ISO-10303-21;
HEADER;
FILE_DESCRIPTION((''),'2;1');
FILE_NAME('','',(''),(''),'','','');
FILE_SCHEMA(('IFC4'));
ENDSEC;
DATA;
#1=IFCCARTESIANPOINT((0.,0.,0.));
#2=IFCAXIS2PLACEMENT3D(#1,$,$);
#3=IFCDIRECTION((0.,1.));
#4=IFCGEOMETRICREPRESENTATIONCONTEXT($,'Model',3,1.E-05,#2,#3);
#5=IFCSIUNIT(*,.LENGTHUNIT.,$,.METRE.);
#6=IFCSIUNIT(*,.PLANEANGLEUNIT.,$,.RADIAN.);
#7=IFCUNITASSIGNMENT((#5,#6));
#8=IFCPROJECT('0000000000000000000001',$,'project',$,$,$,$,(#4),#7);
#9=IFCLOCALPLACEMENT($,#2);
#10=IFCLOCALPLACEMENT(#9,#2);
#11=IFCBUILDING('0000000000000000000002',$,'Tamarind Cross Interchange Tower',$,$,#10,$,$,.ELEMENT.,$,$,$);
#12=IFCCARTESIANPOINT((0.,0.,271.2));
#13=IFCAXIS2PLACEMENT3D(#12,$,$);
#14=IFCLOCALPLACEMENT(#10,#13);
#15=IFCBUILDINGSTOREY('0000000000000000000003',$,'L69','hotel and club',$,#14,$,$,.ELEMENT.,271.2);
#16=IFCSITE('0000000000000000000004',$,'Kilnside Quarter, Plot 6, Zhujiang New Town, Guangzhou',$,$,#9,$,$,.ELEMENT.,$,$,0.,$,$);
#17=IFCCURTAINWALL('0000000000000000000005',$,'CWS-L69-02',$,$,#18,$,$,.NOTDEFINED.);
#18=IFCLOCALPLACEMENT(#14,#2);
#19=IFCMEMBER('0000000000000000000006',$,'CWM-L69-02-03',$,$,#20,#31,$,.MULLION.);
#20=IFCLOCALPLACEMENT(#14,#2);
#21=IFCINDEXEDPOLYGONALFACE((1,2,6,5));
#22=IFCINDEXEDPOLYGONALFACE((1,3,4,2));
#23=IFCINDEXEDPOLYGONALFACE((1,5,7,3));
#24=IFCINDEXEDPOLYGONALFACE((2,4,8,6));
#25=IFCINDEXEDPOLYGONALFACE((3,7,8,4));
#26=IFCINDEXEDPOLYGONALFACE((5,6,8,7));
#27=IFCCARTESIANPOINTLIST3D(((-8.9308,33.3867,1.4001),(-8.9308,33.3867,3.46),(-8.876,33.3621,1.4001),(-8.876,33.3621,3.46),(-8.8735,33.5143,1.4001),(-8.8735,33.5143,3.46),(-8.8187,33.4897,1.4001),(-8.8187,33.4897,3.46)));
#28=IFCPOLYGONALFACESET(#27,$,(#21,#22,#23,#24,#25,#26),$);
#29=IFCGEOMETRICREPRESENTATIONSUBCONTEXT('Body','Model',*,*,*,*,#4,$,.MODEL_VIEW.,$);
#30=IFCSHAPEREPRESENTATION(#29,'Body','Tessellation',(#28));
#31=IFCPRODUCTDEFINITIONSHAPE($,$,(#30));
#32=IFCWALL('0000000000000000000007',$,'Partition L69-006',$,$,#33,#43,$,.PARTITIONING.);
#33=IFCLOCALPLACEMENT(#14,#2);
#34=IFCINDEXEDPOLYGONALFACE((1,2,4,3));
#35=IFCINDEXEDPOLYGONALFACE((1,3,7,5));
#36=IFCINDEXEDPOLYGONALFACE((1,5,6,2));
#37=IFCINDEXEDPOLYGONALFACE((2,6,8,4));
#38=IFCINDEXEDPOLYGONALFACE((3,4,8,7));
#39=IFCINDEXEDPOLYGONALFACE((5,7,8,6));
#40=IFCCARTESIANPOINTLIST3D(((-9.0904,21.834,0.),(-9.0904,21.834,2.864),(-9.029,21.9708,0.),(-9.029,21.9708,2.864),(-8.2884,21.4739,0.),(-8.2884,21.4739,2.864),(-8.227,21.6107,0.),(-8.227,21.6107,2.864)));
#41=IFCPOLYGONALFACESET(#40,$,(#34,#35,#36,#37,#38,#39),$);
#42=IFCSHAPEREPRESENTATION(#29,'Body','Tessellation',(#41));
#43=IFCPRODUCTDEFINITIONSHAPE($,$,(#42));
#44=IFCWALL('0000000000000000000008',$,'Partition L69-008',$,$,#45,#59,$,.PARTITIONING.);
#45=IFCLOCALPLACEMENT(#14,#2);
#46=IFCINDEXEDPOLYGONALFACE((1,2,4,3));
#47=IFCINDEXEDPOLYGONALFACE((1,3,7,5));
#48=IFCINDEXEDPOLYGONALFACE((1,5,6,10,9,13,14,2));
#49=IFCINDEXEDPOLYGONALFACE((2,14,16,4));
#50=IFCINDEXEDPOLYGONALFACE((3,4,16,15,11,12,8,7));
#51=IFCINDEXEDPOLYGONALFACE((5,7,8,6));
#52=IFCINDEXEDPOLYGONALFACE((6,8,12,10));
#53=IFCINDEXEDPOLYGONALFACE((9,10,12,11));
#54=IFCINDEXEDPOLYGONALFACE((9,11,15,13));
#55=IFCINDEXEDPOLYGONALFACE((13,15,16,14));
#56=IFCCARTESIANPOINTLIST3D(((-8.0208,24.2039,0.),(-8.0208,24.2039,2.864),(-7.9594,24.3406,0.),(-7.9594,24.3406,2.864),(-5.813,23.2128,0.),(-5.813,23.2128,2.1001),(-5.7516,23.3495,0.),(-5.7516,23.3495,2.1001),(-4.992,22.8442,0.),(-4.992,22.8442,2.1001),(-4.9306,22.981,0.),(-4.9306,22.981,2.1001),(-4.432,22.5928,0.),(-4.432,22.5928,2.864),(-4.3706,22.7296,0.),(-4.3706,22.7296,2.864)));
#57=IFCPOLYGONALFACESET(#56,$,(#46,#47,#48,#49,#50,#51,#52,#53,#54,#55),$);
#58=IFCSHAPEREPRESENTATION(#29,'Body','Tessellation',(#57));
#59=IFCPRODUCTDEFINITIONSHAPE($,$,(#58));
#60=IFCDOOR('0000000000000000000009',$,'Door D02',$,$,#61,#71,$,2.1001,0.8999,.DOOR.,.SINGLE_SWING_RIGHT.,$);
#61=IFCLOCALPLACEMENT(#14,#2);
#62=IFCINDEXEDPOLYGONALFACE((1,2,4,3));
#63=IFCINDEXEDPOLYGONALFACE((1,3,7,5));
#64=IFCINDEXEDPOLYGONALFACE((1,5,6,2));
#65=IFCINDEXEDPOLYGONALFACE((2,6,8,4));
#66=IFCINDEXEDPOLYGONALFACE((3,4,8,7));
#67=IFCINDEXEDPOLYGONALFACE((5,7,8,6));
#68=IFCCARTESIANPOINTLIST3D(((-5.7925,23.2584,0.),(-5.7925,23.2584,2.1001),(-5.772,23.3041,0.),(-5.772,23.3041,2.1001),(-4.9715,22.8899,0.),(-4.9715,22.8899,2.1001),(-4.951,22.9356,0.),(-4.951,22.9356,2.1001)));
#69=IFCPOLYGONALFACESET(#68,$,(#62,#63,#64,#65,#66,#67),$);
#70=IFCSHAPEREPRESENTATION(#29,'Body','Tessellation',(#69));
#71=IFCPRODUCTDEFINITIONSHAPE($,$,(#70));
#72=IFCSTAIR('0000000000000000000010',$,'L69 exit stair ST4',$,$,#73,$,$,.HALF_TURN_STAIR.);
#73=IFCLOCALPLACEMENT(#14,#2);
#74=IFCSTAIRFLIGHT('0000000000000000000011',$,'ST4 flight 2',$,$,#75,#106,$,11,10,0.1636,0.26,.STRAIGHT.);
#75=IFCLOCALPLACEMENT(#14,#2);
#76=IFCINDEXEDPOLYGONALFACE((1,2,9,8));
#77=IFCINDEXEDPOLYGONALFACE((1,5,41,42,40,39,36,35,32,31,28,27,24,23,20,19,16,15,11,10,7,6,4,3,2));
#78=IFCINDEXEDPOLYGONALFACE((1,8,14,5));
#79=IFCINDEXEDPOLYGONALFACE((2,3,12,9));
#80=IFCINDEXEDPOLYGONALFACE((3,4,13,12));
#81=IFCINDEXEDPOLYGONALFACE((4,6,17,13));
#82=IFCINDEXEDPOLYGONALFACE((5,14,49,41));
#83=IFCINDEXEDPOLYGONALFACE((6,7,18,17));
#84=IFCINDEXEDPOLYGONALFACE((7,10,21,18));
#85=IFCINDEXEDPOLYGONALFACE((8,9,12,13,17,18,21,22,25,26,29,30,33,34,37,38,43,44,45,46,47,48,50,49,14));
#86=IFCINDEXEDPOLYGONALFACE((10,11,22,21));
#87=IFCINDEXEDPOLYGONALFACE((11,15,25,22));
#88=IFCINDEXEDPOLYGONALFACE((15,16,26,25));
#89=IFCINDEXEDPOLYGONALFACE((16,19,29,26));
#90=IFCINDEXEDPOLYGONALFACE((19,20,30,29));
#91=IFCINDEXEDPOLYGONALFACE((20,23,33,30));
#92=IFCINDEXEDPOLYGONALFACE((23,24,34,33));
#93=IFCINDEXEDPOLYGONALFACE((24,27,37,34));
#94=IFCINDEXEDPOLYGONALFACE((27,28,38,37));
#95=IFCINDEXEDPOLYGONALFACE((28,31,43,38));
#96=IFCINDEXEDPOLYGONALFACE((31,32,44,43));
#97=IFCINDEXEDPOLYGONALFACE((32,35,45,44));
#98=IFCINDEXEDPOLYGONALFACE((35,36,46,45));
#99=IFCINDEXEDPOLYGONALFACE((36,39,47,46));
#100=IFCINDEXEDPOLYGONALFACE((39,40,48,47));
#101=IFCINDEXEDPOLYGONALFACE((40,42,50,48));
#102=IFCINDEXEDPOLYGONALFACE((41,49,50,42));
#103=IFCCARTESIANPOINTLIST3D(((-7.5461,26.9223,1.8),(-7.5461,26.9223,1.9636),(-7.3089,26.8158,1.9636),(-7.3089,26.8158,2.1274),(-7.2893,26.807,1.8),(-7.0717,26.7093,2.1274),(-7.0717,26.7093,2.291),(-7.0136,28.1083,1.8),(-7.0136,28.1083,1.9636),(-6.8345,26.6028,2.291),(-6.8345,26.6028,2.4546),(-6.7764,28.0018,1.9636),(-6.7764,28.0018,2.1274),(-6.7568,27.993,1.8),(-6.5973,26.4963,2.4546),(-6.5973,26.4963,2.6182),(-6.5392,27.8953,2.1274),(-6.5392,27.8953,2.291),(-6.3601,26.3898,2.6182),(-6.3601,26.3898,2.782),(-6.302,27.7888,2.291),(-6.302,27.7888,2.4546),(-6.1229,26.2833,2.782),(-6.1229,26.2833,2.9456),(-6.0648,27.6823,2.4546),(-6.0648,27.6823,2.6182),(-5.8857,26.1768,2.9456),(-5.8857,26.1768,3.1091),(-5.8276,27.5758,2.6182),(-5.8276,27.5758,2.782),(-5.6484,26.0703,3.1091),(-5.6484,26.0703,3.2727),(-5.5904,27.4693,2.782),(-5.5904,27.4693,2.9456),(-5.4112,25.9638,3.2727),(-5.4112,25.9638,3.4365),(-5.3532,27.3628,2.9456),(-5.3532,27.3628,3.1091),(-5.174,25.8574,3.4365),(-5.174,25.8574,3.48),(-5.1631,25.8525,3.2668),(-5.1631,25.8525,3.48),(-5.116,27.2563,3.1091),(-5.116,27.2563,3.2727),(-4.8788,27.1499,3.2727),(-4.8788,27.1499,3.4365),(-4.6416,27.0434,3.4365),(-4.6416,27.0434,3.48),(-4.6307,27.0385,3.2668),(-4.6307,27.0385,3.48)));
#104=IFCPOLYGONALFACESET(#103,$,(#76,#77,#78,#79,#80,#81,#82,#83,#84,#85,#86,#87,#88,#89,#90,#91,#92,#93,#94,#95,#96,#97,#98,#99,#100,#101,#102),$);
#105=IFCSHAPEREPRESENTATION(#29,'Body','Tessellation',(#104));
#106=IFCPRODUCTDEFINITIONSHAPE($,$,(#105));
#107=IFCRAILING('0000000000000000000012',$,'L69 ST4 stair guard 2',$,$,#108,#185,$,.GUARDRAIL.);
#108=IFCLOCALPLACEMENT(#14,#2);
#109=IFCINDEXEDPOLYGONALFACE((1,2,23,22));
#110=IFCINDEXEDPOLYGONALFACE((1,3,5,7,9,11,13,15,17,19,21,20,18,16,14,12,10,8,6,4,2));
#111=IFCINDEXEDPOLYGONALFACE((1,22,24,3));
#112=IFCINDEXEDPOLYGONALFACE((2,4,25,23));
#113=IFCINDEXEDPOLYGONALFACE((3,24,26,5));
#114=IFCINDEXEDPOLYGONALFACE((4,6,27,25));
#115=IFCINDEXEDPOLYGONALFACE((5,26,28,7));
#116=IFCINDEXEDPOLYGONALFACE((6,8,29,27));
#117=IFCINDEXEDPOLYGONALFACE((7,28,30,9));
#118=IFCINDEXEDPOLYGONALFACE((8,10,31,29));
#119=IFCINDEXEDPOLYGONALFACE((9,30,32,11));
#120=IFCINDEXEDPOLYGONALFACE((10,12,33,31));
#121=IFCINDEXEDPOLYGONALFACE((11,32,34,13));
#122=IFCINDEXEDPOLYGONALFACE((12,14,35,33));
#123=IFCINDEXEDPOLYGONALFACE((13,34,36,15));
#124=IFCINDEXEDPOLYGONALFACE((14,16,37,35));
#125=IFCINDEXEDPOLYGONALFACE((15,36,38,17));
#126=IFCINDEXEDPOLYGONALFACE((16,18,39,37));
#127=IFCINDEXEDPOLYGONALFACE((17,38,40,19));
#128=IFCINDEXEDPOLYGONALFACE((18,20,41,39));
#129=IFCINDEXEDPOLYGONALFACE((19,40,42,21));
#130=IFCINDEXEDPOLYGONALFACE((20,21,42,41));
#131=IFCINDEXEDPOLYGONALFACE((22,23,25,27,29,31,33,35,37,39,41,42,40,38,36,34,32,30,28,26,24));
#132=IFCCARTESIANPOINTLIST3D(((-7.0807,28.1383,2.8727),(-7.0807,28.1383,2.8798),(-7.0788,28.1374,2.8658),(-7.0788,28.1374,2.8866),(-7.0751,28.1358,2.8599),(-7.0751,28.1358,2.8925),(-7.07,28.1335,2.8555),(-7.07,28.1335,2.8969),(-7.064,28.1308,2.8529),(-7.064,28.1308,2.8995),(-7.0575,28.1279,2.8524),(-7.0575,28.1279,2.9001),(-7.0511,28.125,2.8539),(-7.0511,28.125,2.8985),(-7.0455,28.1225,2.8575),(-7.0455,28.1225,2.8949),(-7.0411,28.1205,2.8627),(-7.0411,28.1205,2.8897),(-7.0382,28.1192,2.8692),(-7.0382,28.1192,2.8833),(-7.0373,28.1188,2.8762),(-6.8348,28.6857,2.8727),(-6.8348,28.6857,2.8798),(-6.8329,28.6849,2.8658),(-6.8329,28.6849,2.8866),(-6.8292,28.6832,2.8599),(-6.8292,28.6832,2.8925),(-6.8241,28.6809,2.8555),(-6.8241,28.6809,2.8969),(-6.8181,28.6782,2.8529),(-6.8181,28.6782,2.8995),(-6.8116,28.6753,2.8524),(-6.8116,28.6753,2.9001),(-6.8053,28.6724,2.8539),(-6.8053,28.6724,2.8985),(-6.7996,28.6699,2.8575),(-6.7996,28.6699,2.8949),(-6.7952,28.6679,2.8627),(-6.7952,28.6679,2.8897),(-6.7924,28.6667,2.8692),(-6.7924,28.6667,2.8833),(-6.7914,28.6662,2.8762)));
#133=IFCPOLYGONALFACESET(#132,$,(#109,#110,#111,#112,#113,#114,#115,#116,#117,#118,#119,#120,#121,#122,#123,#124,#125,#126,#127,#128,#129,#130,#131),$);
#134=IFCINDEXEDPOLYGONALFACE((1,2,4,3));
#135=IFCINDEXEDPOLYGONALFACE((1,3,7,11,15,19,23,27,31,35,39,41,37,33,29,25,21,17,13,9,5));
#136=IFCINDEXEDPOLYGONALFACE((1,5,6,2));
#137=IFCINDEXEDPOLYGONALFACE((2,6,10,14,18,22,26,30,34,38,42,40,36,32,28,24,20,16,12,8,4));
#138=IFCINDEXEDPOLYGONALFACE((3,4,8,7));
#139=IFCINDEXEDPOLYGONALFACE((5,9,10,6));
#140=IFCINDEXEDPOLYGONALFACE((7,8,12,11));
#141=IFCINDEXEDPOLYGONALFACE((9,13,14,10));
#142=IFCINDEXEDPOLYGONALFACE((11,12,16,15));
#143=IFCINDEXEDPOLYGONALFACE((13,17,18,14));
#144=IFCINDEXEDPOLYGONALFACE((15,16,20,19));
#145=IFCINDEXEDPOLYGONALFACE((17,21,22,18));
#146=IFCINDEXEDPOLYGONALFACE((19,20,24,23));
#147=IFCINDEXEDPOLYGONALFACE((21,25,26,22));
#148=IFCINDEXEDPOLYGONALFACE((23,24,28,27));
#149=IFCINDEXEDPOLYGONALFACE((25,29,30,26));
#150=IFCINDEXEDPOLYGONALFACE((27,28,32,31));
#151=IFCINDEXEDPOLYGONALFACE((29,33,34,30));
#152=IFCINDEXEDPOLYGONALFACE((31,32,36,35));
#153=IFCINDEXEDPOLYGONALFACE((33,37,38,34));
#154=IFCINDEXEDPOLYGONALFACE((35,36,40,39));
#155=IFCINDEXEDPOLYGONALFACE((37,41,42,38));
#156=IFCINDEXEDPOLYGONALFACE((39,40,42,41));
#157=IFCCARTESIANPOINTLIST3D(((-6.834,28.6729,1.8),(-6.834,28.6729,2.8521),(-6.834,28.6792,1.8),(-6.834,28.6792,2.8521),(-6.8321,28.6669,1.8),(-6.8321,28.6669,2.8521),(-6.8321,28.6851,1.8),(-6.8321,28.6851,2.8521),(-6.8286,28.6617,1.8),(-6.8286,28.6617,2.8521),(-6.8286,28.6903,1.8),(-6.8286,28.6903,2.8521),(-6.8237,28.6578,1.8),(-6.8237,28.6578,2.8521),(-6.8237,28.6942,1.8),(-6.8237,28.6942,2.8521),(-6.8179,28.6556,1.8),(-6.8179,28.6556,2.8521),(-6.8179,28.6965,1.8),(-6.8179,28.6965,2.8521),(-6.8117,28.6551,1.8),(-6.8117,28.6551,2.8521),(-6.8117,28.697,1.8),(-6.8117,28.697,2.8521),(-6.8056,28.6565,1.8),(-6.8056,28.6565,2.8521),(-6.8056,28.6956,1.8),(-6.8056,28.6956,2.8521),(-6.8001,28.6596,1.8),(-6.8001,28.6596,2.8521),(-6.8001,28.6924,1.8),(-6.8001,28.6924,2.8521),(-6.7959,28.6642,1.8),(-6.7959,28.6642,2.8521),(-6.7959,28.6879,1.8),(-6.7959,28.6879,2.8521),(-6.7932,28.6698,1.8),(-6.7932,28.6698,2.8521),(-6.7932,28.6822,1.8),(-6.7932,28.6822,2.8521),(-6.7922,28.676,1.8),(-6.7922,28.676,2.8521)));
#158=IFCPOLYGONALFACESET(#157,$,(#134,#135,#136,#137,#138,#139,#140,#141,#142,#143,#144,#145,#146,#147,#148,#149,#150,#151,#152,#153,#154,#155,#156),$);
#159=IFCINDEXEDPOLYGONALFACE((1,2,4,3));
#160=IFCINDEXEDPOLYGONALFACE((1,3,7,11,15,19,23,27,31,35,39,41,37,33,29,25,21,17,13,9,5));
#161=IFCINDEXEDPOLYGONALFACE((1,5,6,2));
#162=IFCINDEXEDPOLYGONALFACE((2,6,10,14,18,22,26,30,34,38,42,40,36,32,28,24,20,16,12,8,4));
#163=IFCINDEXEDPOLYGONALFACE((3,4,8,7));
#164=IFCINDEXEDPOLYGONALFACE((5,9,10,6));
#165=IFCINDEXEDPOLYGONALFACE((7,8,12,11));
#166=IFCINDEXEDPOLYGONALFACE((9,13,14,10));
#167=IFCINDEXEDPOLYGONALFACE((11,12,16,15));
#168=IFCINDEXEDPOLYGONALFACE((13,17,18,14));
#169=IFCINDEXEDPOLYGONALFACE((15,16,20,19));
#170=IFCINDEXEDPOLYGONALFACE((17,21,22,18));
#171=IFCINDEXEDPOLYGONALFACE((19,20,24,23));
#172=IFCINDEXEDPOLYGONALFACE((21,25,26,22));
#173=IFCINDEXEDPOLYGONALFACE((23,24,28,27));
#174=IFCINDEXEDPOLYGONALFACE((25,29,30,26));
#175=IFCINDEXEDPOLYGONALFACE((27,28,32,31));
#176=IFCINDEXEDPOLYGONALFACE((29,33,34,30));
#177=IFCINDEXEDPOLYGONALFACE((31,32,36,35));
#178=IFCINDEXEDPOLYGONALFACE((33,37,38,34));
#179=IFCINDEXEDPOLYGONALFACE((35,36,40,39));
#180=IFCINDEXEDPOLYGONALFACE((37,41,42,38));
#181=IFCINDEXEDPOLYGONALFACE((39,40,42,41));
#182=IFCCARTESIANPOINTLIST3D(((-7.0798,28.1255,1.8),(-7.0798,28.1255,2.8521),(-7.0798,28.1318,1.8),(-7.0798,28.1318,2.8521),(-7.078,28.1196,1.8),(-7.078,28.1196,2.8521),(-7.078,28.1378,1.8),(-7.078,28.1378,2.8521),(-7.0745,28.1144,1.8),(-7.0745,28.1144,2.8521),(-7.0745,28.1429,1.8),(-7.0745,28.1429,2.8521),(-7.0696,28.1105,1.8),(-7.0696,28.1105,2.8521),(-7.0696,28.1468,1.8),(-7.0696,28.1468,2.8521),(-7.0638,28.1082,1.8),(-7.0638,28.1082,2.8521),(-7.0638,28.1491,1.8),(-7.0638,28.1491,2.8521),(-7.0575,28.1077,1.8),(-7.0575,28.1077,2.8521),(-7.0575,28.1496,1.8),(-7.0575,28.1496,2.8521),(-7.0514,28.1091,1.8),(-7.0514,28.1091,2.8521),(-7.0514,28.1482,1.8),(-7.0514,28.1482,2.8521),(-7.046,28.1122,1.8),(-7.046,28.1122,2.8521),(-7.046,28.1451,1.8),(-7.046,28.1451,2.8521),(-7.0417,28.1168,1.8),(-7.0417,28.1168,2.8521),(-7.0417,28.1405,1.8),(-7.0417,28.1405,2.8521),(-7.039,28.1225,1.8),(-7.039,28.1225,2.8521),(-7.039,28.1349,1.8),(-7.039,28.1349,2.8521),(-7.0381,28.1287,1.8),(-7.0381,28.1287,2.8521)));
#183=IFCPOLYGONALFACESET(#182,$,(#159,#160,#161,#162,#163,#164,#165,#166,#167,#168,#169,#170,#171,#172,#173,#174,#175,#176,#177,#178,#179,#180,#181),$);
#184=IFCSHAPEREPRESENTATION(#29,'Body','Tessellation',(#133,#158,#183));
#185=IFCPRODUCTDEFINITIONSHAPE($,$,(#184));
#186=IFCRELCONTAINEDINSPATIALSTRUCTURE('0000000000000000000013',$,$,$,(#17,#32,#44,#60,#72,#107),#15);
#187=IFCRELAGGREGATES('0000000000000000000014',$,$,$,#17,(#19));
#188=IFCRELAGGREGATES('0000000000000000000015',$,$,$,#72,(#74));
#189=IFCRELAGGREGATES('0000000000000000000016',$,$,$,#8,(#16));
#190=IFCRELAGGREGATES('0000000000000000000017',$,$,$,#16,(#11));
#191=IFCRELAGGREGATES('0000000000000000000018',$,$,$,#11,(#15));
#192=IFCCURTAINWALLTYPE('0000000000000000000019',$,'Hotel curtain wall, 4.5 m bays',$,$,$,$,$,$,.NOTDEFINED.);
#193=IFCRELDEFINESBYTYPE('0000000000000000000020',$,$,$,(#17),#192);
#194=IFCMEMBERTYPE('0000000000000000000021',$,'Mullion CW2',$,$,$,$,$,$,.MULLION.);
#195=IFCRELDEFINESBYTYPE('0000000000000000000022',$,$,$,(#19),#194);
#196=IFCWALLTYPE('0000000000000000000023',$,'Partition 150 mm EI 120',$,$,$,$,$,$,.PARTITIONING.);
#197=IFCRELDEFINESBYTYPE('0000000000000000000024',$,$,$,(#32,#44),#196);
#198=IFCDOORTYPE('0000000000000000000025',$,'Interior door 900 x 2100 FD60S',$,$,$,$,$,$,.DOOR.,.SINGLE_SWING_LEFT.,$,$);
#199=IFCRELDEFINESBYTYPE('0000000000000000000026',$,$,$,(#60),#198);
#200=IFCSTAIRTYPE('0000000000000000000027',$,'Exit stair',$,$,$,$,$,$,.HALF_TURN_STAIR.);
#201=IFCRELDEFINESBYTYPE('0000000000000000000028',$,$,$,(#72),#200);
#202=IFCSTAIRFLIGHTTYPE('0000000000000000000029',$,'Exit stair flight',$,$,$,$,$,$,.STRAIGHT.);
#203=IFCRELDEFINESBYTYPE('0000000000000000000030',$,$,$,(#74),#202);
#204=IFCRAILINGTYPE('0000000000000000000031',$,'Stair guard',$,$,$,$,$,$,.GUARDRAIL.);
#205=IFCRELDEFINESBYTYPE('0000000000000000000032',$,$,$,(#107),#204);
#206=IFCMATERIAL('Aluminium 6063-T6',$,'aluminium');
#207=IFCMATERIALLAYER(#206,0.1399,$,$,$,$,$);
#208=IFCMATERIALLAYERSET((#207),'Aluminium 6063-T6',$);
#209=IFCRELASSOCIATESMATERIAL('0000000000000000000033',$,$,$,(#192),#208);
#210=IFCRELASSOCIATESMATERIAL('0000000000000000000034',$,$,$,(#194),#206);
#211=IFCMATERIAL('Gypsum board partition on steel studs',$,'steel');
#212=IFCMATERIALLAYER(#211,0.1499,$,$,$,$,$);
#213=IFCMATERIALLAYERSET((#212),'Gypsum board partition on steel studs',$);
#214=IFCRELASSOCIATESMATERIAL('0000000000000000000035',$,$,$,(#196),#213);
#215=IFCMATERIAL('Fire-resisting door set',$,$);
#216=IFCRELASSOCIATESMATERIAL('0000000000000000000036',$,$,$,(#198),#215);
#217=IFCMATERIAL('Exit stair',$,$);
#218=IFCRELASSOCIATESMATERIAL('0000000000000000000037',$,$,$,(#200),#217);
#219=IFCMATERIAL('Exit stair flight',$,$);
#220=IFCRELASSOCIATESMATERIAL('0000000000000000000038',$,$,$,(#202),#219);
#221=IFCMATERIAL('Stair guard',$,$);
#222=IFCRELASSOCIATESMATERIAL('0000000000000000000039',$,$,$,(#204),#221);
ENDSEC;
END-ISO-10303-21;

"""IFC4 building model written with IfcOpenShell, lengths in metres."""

from ifc_helpers import new_model, si_unit, direction, frame, frame_2d, origin, origin_2d, place, context, subcontext, project, spatial, polyline, rectangle, circle, outline, extrude, material, layer, layer_set, material_profile, profile_set, type_object, element, fill, aggregate, save


model = new_model("IFC4")

# Units and contexts
model_context = context("Model", 3, precision=1e-05, world=origin(), true_north=direction((0.0, 1.0)))
body_context = subcontext(model_context, "Body", "Model", "MODEL_VIEW")
ifc_project = project(units=[si_unit("LENGTHUNIT", "METRE"), si_unit("PLANEANGLEUNIT", "RADIAN")], contexts=[model_context])

# Site, building, storey
site_placement = place(None, origin())
site = spatial("IfcSite", under=ifc_project, at=site_placement, Name="Kilnside Quarter, Plot 6, Zhujiang New Town, Guangzhou", CompositionType="ELEMENT", RefElevation=0.0)
building_placement = place(site_placement, origin())
building = spatial("IfcBuilding", under=site, at=building_placement, Name="Tamarind Cross Interchange Tower", CompositionType="ELEMENT")
storey_placement = place(building_placement, frame((0.0, 0.0, 271.2)))
storey = spatial("IfcBuildingStorey", under=building, at=storey_placement, Name="L69", Description="hotel and club", CompositionType="ELEMENT", Elevation=271.2)

# Shared definitions
ifc_material_1 = material(Name="Aluminium 6063-T6", Category="aluminium")
ifc_layer_1 = layer(ifc_material_1, 0.1399)
ifc_layer_set_1 = layer_set([ifc_layer_1], Name="Aluminium 6063-T6")
curtain_wall_type = type_object("IfcCurtainWallType", Name="Hotel curtain wall, 4.5 m bays", PredefinedType="NOTDEFINED", material=ifc_layer_set_1)
ifc_material_profile_1 = material_profile(ifc_material_1, rectangle(XDim=0.0601, YDim=0.1399, at=origin_2d()), Name="Mullion CW2")
ifc_profile_set_1 = profile_set([ifc_material_profile_1], Name="Aluminium 6063-T6")
member_type = type_object("IfcMemberType", Name="Mullion CW2", PredefinedType="MULLION", material=ifc_profile_set_1)

# Curtain wall, member
curtain_wall_1_placement = place(storey_placement, origin())
curtain_wall_1 = element("IfcCurtainWall", 1, at=curtain_wall_1_placement, inside=storey, type_object=curtain_wall_type, Name="CWS-L69-02", PredefinedType="NOTDEFINED")
member_1_placement = place(storey_placement, frame((-8.8748, 33.4382, 1.4001), z_axis=(0.0, 0.0, 1.0), x_axis=(-0.91228, 0.409566, 0.0)))
member_1 = element("IfcMember", 2, at=member_1_placement, type_object=member_type, Name="CWM-L69-02-03", PredefinedType="MULLION", context=body_context, shape_type="SweptSolid", body=[
    extrude(rectangle(XDim=0.0601, YDim=0.1399, at=origin_2d()), origin(), (0.0, 0.0, 1.0), 2.0598),
])
aggregate(curtain_wall_1, [member_1])

# Wall
ifc_material_2 = material(Name="Gypsum board partition on steel studs", Category="steel")
ifc_layer_2 = layer(ifc_material_2, 0.1499)
ifc_layer_set_2 = layer_set([ifc_layer_2], Name="Gypsum board partition on steel studs")
wall_type = type_object("IfcWallType", Name="Partition 150 mm EI 120", PredefinedType="PARTITIONING", material=ifc_layer_set_2)
wall_1_placement = place(storey_placement, frame((-9.0596, 21.9023, 0.0), z_axis=(0.0, 0.0, 1.0), x_axis=(0.912259, -0.409614, 0.0)))
element("IfcWall", 3, at=wall_1_placement, inside=storey, type_object=wall_type, Name="Partition L69-006", PredefinedType="PARTITIONING", context=body_context, shape_type="SweptSolid", body=[
    extrude(rectangle(XDim=0.8792, YDim=0.1499, at=frame_2d((0.4395, 0.0))), origin(), (0.0, 0.0, 1.0), 2.864),
])

# Wall, opening, door
wall_2_placement = place(storey_placement, frame((-7.99, 24.2722, 0.0), z_axis=(0.0, 0.0, 1.0), x_axis=(0.912293, -0.409539, 0.0)))
wall_2 = element("IfcWall", 4, at=wall_2_placement, inside=storey, type_object=wall_type, Name="Partition L69-008", PredefinedType="PARTITIONING", context=body_context, shape_type="SweptSolid", body=[
    extrude(rectangle(XDim=3.9338, YDim=0.1499, at=frame_2d((1.9668, 0.0))), origin(), (0.0, 0.0, 1.0), 2.864),
])
opening_placement = place(wall_2_placement, frame((2.4199, 0.0, 0.0)))
opening = element("IfcOpeningElement", 5, at=opening_placement, cuts=wall_2, PredefinedType="OPENING", context=body_context, shape_type="SweptSolid", body=[
    extrude(rectangle(XDim=0.8999, YDim=2.1001, at=frame_2d((0.45, 1.05))), frame((0.0, 0.085, 0.0), z_axis=(0.0, -1.0, 0.0), x_axis=(1.0, 0.0, 0.0)), (0.0, 0.0, 1.0), 0.1699),
])
ifc_material_3 = material(Name="Fire-resisting door set")
door_type = type_object("IfcDoorType", Name="Interior door 900 x 2100 FD60S", OperationType="SINGLE_SWING_LEFT", PredefinedType="DOOR", material=ifc_material_3)
door_placement = place(opening_placement, frame((0.8999, 0.0, 0.0), z_axis=(0.0, 0.0, 1.0), x_axis=(-1.0, 0.0, 0.0)))
door = element("IfcDoor", 6, at=door_placement, inside=storey, type_object=door_type, Name="Door D02", OperationType="SINGLE_SWING_RIGHT", OverallHeight=2.1001, OverallWidth=0.8999, PredefinedType="DOOR", context=body_context, shape_type="SweptSolid", body=[
    extrude(rectangle(XDim=0.8999, YDim=2.1001, at=frame_2d((0.45, 1.05))), frame((0.0, 0.0249, 0.0), z_axis=(0.0, -1.0, 0.0), x_axis=(1.0, 0.0, 0.0)), (0.0, 0.0, 1.0), 0.05),
])
fill(opening, door)

# Stair, stair flight
ifc_material_4 = material(Name="Exit stair")
stair_type = type_object("IfcStairType", Name="Exit stair", PredefinedType="HALF_TURN_STAIR", material=ifc_material_4)
stair_placement = place(storey_placement, origin())
stair = element("IfcStair", 7, at=stair_placement, inside=storey, type_object=stair_type, Name="L69 exit stair ST4", PredefinedType="HALF_TURN_STAIR")
ifc_material_5 = material(Name="Exit stair flight")
stair_flight_type = type_object("IfcStairFlightType", Name="Exit stair flight", PredefinedType="STRAIGHT", material=ifc_material_5)
stair_flight_placement = place(storey_placement, frame((-7.2798, 27.5154, 1.8), z_axis=(0.0, 0.0, 1.0), x_axis=(0.91228, -0.409566, 0.0)))
stair_flight = element("IfcStairFlight", 8, at=stair_flight_placement, type_object=stair_flight_type, Name="ST4 flight 2", NumberOfRisers=11, NumberOfTreads=10, PredefinedType="STRAIGHT", RiserHeight=0.1636, TreadLength=0.26, context=body_context, shape_type="SweptSolid", body=[
    extrude(outline(polyline([(0.0, 0.0), (0.0, 0.1636), (0.26, 0.1636), (0.26, 0.3274), (0.52, 0.3274), (0.52, 0.491), (0.78, 0.491), (0.78, 0.6545), (1.04, 0.6545), (1.04, 0.8181), (1.3, 0.8181), (1.3, 0.9819), (1.5601, 0.9819), (1.5601, 1.1455), (1.8201, 1.1455), (1.8201, 1.3091), (2.0801, 1.3091), (2.0801, 1.4727), (2.3401, 1.4727), (2.3401, 1.6365), (2.6001, 1.6365), (2.6001, 1.6799), (2.6121, 1.6799), (2.6121, 1.4668), (0.2815, 0.0), (0.0, 0.0)])), frame((0.0, 0.6499, 0.0), z_axis=(0.0, -1.0, 0.0), x_axis=(1.0, 0.0, 0.0)), (0.0, 0.0, 1.0), 1.3),
])
aggregate(stair, [stair_flight])

# Railing
ifc_material_6 = material(Name="Stair guard")
railing_type_1 = type_object("IfcRailingType", Name="Stair guard", PredefinedType="GUARDRAIL", material=ifc_material_6)
railing_1_placement = place(storey_placement, frame((-6.8132, 28.676, 1.8)))
element("IfcRailing", 9, at=railing_1_placement, inside=storey, type_object=railing_type_1, Name="L69 ST4 stair guard 2", PredefinedType="GUARDRAIL", context=body_context, shape_type="SweptSolid", body=[
    extrude(circle(Radius=0.0239, at=origin_2d()), frame((0.0, 0.0, 1.0762), z_axis=(-0.409722, -0.912211, 0.0), x_axis=(0.912211, -0.409722, 0.0)), (0.0, 0.0, 1.0), 0.6001),
    extrude(circle(Radius=0.021, at=origin_2d()), origin(), (0.0, 0.0, 1.0), 1.052),
    extrude(circle(Radius=0.021, at=origin_2d()), frame((-0.2458, -0.5474, 0.0)), (0.0, 0.0, 1.0), 1.052),
])

save(model, "model.ifc")
